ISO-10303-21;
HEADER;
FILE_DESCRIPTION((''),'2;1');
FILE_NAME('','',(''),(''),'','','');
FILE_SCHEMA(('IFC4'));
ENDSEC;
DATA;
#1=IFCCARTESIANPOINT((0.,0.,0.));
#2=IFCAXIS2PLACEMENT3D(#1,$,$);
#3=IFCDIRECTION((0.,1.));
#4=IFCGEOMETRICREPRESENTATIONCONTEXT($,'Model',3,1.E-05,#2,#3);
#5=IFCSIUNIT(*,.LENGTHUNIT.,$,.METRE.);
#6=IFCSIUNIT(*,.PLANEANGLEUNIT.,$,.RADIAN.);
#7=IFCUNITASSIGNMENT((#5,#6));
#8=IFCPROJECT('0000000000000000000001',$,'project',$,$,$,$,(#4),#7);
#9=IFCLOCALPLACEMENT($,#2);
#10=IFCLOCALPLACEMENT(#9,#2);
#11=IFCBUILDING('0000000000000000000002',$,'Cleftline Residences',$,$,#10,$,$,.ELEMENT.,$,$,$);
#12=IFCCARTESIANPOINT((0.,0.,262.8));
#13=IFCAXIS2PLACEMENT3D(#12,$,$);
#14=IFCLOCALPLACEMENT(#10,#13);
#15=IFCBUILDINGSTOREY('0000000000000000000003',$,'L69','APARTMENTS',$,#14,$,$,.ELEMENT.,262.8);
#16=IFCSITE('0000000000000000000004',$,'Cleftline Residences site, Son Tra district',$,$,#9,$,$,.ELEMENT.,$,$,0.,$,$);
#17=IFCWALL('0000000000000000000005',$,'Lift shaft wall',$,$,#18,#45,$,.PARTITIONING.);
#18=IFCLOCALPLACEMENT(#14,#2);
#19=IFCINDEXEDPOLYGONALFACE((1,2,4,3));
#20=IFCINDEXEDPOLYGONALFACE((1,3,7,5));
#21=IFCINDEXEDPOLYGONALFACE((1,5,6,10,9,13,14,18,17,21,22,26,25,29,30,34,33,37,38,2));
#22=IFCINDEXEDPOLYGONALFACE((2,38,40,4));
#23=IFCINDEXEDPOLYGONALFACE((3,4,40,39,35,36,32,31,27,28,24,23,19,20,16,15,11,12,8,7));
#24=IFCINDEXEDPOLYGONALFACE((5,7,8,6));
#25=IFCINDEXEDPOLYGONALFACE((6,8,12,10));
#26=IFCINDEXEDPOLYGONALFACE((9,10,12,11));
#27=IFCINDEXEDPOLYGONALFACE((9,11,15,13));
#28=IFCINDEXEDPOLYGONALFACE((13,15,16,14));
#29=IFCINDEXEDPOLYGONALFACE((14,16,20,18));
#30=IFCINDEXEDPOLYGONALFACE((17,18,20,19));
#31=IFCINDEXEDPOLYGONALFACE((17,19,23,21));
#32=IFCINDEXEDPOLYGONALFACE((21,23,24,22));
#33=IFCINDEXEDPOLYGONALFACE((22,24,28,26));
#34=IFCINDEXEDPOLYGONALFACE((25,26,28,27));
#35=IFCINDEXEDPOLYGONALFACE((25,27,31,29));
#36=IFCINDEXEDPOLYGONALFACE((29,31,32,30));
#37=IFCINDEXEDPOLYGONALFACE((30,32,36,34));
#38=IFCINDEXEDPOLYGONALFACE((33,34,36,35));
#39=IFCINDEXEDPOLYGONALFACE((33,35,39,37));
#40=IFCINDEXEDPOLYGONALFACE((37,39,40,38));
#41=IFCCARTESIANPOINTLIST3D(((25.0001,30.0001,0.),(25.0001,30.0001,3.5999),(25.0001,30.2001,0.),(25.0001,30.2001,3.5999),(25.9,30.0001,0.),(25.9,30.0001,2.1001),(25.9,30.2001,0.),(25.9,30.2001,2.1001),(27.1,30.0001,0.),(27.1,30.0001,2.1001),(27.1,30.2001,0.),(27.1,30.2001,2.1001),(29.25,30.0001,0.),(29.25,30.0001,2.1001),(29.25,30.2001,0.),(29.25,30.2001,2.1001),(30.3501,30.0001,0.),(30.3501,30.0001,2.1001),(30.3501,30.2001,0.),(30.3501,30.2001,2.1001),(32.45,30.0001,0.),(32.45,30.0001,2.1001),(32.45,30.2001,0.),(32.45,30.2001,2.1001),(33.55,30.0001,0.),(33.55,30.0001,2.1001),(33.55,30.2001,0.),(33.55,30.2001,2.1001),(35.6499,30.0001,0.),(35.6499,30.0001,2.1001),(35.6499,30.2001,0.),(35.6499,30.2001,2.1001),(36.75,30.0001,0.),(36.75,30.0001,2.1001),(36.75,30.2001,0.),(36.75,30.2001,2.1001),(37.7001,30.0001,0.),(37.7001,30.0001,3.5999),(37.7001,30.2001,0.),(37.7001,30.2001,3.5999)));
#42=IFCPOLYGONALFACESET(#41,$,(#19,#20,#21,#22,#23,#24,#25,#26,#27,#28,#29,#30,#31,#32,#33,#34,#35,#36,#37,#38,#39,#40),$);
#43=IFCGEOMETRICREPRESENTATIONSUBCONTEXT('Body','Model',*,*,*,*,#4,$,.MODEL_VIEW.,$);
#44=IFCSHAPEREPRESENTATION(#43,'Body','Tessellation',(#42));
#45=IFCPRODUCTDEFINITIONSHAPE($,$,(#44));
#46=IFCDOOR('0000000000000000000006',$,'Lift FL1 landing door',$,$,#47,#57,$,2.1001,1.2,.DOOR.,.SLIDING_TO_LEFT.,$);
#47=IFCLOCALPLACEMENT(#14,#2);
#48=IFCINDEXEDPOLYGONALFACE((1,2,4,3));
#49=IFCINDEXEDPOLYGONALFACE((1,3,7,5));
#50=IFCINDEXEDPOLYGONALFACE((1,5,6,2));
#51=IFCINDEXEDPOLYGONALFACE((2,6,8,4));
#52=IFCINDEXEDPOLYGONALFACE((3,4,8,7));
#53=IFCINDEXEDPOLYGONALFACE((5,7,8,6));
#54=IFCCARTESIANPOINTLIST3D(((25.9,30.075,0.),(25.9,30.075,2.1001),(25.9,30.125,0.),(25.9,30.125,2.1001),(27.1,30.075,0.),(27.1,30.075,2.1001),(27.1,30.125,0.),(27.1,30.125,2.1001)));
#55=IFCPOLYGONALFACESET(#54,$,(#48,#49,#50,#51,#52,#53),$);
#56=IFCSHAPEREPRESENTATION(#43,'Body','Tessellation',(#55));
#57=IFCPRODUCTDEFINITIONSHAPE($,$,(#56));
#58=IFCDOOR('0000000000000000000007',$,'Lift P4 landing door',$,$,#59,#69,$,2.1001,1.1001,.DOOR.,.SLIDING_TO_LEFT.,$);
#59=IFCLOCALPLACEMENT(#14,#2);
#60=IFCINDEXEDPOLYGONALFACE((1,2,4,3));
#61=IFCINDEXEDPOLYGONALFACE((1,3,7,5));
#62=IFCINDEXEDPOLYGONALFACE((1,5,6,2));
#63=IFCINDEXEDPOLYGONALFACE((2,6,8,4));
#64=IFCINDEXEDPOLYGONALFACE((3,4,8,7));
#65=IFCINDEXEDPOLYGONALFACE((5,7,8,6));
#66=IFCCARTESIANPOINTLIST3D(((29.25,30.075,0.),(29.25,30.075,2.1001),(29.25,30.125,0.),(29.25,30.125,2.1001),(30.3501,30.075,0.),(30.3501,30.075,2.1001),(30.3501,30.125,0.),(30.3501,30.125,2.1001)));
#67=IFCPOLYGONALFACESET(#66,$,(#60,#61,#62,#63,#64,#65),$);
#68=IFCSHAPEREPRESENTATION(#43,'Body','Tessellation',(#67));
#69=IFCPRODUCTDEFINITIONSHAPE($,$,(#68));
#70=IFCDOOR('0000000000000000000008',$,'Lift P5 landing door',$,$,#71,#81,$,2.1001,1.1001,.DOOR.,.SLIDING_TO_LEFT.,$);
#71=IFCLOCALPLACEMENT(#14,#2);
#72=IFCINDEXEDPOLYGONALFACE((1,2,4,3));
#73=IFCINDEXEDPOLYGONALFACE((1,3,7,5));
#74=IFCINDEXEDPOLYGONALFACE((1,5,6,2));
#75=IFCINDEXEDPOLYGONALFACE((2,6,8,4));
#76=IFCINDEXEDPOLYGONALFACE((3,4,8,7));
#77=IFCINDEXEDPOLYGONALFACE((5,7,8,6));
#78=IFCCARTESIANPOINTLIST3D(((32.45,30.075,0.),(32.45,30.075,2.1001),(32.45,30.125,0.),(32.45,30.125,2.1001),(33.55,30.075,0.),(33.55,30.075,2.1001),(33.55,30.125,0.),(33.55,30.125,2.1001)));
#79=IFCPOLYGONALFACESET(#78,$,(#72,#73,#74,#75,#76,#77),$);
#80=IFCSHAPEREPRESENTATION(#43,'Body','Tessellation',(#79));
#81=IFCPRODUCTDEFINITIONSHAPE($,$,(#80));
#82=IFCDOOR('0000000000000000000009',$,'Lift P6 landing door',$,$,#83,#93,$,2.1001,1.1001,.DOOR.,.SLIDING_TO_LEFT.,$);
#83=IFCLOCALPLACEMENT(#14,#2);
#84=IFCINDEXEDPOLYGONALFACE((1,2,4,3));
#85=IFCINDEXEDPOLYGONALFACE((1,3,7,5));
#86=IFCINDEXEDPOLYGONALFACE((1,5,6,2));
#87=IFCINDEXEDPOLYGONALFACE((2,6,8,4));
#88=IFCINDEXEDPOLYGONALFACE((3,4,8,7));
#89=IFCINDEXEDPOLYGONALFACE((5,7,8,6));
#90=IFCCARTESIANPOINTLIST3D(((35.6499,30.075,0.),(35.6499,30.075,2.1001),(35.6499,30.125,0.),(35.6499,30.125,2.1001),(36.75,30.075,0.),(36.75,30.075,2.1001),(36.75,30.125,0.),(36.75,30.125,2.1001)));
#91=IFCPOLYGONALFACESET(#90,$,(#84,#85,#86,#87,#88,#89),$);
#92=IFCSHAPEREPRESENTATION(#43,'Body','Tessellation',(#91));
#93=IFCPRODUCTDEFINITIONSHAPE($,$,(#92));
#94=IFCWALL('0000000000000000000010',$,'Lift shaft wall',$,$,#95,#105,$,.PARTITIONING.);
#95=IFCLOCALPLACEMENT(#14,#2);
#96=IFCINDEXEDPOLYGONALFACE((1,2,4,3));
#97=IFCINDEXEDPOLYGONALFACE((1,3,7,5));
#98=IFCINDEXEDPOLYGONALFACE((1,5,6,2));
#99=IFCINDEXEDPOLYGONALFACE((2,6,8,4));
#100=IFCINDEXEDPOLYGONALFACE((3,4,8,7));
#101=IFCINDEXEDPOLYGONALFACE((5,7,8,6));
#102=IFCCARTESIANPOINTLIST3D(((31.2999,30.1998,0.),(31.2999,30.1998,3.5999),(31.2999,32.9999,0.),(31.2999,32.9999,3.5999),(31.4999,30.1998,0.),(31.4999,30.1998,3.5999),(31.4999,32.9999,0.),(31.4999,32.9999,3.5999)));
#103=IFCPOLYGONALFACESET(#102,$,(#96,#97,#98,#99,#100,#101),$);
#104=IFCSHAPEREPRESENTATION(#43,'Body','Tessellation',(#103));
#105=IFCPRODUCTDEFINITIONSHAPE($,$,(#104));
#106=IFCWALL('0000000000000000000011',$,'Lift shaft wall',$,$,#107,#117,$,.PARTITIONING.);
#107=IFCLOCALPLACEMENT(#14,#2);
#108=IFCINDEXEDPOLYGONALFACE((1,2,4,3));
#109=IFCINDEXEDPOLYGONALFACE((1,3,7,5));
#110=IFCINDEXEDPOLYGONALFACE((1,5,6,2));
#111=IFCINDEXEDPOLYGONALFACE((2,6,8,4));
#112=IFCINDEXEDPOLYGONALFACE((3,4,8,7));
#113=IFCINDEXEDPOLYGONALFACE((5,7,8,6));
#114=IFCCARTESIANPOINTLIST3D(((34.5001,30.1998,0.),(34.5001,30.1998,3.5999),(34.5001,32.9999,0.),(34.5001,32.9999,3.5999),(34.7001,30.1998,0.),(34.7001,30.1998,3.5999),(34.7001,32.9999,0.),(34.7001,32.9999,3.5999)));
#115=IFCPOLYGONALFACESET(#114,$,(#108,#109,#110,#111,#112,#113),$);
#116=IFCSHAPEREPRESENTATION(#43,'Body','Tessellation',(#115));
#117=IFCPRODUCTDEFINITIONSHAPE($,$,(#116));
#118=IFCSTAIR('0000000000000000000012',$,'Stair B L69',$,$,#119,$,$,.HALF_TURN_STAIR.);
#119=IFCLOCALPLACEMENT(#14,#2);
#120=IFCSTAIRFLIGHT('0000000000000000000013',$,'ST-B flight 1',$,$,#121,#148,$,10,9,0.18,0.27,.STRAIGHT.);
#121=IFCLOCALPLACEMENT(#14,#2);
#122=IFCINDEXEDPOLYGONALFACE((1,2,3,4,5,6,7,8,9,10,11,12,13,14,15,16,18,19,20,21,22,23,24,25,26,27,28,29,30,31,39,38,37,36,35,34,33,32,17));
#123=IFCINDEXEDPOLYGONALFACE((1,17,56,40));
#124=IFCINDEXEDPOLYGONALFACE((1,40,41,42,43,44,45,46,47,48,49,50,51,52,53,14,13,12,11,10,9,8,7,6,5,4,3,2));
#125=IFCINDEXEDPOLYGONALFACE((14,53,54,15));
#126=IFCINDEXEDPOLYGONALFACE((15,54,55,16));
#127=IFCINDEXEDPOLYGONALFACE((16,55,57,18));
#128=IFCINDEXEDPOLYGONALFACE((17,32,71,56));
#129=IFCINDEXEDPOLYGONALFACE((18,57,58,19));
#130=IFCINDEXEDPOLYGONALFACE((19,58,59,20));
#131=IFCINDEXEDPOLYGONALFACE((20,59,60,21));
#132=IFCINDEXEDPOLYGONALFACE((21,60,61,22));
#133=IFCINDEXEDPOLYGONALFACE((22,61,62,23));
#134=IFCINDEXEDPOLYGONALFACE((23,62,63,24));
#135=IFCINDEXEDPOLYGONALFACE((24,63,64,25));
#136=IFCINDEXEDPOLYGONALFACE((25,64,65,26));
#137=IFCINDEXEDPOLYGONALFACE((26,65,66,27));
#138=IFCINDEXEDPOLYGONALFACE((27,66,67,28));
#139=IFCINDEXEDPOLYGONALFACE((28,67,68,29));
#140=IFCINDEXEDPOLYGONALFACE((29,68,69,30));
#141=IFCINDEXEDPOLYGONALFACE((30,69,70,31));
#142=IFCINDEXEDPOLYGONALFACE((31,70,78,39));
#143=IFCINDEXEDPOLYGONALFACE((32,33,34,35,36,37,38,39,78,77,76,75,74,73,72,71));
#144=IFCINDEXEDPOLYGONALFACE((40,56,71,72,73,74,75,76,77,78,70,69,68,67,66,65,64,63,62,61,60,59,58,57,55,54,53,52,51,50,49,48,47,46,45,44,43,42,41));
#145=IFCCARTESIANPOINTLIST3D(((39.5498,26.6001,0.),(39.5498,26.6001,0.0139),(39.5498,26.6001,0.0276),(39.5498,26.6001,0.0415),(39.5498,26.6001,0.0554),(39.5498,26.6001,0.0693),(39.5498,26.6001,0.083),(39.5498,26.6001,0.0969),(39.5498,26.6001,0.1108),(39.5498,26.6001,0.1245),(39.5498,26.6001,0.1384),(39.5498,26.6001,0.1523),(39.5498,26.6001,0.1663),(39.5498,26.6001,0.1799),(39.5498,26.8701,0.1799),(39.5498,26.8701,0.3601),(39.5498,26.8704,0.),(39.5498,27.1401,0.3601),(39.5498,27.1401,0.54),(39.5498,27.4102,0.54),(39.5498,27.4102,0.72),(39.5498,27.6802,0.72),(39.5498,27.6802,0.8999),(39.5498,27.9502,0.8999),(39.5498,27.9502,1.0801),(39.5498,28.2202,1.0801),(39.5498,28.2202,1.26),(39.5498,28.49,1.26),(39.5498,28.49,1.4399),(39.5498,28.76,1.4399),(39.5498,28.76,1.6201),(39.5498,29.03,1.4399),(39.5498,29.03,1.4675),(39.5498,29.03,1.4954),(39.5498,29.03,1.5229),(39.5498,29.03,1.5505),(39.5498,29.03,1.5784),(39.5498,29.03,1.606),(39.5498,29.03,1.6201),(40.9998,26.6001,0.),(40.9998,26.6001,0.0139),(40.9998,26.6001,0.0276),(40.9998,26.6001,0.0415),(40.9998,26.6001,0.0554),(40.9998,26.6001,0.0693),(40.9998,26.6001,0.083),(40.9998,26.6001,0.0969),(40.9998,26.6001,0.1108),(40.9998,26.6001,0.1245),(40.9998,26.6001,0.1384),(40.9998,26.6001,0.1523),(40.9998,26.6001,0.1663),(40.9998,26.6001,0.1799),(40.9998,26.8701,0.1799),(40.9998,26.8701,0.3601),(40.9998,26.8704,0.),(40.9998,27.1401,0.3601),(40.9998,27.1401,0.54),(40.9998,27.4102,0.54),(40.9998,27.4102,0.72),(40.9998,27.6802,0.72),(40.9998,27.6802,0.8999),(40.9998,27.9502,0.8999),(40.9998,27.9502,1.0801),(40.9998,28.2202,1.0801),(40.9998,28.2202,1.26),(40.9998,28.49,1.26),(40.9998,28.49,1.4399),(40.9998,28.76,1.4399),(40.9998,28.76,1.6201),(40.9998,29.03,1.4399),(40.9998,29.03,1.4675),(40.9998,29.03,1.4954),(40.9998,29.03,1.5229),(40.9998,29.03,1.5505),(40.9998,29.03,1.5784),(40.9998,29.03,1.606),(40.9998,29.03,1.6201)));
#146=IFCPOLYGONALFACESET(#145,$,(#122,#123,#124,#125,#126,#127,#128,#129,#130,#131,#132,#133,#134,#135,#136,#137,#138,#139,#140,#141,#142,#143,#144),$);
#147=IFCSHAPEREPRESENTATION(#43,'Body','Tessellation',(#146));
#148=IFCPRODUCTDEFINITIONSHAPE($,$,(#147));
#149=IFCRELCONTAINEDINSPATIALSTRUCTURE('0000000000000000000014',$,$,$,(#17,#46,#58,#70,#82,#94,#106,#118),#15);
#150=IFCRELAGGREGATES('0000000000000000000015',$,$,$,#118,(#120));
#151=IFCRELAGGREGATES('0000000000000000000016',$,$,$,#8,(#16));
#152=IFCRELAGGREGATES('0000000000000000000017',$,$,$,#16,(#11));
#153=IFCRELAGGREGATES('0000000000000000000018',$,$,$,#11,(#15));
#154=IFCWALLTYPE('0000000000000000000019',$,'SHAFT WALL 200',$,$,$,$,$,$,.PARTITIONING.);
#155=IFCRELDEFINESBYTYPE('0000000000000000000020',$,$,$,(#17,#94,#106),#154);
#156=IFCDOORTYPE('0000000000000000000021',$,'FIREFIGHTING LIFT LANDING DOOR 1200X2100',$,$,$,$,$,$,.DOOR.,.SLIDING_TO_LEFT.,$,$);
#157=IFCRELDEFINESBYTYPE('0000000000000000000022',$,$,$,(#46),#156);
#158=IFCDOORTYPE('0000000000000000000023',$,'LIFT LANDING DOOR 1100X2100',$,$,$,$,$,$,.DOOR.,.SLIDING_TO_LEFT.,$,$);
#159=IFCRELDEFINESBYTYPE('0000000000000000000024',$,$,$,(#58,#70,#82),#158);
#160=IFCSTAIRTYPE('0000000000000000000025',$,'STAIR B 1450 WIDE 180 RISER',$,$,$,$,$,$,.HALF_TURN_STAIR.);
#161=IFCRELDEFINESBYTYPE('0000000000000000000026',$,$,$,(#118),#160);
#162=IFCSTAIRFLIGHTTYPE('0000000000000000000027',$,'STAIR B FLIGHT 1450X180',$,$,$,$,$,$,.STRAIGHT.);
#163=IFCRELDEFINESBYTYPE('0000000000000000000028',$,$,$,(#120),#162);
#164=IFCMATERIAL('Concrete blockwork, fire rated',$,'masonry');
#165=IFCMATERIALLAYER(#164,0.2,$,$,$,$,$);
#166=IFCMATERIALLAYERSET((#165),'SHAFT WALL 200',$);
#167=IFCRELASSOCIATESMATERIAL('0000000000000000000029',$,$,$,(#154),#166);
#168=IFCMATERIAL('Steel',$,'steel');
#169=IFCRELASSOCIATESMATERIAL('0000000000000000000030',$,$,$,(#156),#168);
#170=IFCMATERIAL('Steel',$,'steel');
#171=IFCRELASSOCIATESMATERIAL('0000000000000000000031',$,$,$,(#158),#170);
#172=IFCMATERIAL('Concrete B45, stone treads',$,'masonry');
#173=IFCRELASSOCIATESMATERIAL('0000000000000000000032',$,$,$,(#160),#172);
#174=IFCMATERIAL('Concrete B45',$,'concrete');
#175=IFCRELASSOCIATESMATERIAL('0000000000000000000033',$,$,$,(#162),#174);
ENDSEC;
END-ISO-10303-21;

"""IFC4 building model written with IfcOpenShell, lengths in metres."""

from ifc_helpers import new_model, si_unit, direction, frame, frame_2d, origin, place, context, subcontext, project, spatial, polyline, rectangle, outline, extrude, material, layer, layer_set, type_object, element, fill, aggregate, save


model = new_model("IFC4")

# Units and contexts
model_context = context("Model", 3, precision=1e-05, world=origin(), true_north=direction((0.0, 1.0)))
body_context = subcontext(model_context, "Body", "Model", "MODEL_VIEW")
ifc_project = project(units=[si_unit("LENGTHUNIT", "METRE"), si_unit("PLANEANGLEUNIT", "RADIAN")], contexts=[model_context])

# Site, building, storey
site_placement = place(None, origin())
site = spatial("IfcSite", under=ifc_project, at=site_placement, Name="Cleftline Residences site, Son Tra district", CompositionType="ELEMENT", RefElevation=0.0)
building_placement = place(site_placement, origin())
building = spatial("IfcBuilding", under=site, at=building_placement, Name="Cleftline Residences", CompositionType="ELEMENT")
storey_placement = place(building_placement, frame((0.0, 0.0, 262.8)))
storey = spatial("IfcBuildingStorey", under=building, at=storey_placement, Name="L69", Description="APARTMENTS", CompositionType="ELEMENT", Elevation=262.8)

# Wall, openings, doors
ifc_material_1 = material(Name="Concrete blockwork, fire rated", Category="masonry")
ifc_layer_1 = layer(ifc_material_1, 0.2)
ifc_layer_set_1 = layer_set([ifc_layer_1], Name="SHAFT WALL 200")
wall_type_1 = type_object("IfcWallType", Name="SHAFT WALL 200", PredefinedType="PARTITIONING", material=ifc_layer_set_1)
wall_1_placement = place(storey_placement, frame((25.0, 30.1001, 0.0), z_axis=(0.0, 0.0, 1.0), x_axis=(1.0, 0.0, 0.0)))
wall_1 = element("IfcWall", 1, at=wall_1_placement, inside=storey, type_object=wall_type_1, Name="Lift shaft wall", PredefinedType="PARTITIONING", context=body_context, shape_type="SweptSolid", body=[
    extrude(rectangle(XDim=12.7, YDim=0.2, at=frame_2d((6.3501, 0.0))), origin(), (0.0, 0.0, 1.0), 3.5999),
])
opening_1_placement = place(wall_1_placement, frame((4.25, 0.0, 0.0)))
opening_1 = element("IfcOpeningElement", 2, at=opening_1_placement, cuts=wall_1, PredefinedType="OPENING", context=body_context, shape_type="SweptSolid", body=[
    extrude(rectangle(XDim=1.1001, YDim=2.1001, at=frame_2d((0.55, 1.05))), frame((0.0, 0.1099, 0.0), z_axis=(0.0, -1.0, 0.0), x_axis=(1.0, 0.0, 0.0)), (0.0, 0.0, 1.0), 0.22),
])
opening_2_placement = place(wall_1_placement, frame((7.45, 0.0, 0.0)))
opening_2 = element("IfcOpeningElement", 3, at=opening_2_placement, cuts=wall_1, PredefinedType="OPENING", context=body_context, shape_type="SweptSolid", body=[
    extrude(rectangle(XDim=1.1001, YDim=2.1001, at=frame_2d((0.55, 1.05))), frame((0.0, 0.1099, 0.0), z_axis=(0.0, -1.0, 0.0), x_axis=(1.0, 0.0, 0.0)), (0.0, 0.0, 1.0), 0.22),
])
opening_3_placement = place(wall_1_placement, frame((10.6499, 0.0, 0.0)))
opening_3 = element("IfcOpeningElement", 4, at=opening_3_placement, cuts=wall_1, PredefinedType="OPENING", context=body_context, shape_type="SweptSolid", body=[
    extrude(rectangle(XDim=1.1001, YDim=2.1001, at=frame_2d((0.55, 1.05))), frame((0.0, 0.1099, 0.0), z_axis=(0.0, -1.0, 0.0), x_axis=(1.0, 0.0, 0.0)), (0.0, 0.0, 1.0), 0.22),
])
opening_4_placement = place(wall_1_placement, frame((0.8999, 0.0, 0.0)))
opening_4 = element("IfcOpeningElement", 5, at=opening_4_placement, cuts=wall_1, PredefinedType="OPENING", context=body_context, shape_type="SweptSolid", body=[
    extrude(rectangle(XDim=1.2, YDim=2.1001, at=frame_2d((0.6001, 1.05))), frame((0.0, 0.1099, 0.0), z_axis=(0.0, -1.0, 0.0), x_axis=(1.0, 0.0, 0.0)), (0.0, 0.0, 1.0), 0.22),
])
ifc_material_2 = material(Name="Steel", Category="steel")
door_type_1 = type_object("IfcDoorType", Name="FIREFIGHTING LIFT LANDING DOOR 1200X2100", OperationType="SLIDING_TO_LEFT", PredefinedType="DOOR", material=ifc_material_2)
door_1_placement = place(opening_4_placement, origin())
door_1 = element("IfcDoor", 6, at=door_1_placement, inside=storey, type_object=door_type_1, Name="Lift FL1 landing door", OperationType="SLIDING_TO_LEFT", OverallHeight=2.1001, OverallWidth=1.2, PredefinedType="DOOR", context=body_context, shape_type="SweptSolid", body=[
    extrude(rectangle(XDim=1.2, YDim=2.1001, at=frame_2d((0.6001, 1.05))), frame((0.0, 0.0249, 0.0), z_axis=(0.0, -1.0, 0.0), x_axis=(1.0, 0.0, 0.0)), (0.0, 0.0, 1.0), 0.05),
])
fill(opening_4, door_1)
ifc_material_3 = material(Name="Steel", Category="steel")
door_type_2 = type_object("IfcDoorType", Name="LIFT LANDING DOOR 1100X2100", OperationType="SLIDING_TO_LEFT", PredefinedType="DOOR", material=ifc_material_3)
door_2_placement = place(opening_1_placement, origin())
door_2 = element("IfcDoor", 7, at=door_2_placement, inside=storey, type_object=door_type_2, Name="Lift P4 landing door", OperationType="SLIDING_TO_LEFT", OverallHeight=2.1001, OverallWidth=1.1001, PredefinedType="DOOR", context=body_context, shape_type="SweptSolid", body=[
    extrude(rectangle(XDim=1.1001, YDim=2.1001, at=frame_2d((0.55, 1.05))), frame((0.0, 0.0249, 0.0), z_axis=(0.0, -1.0, 0.0), x_axis=(1.0, 0.0, 0.0)), (0.0, 0.0, 1.0), 0.05),
])
fill(opening_1, door_2)
door_3_placement = place(opening_2_placement, origin())
door_3 = element("IfcDoor", 8, at=door_3_placement, inside=storey, type_object=door_type_2, Name="Lift P5 landing door", OperationType="SLIDING_TO_LEFT", OverallHeight=2.1001, OverallWidth=1.1001, PredefinedType="DOOR", context=body_context, shape_type="SweptSolid", body=[
    extrude(rectangle(XDim=1.1001, YDim=2.1001, at=frame_2d((0.55, 1.05))), frame((0.0, 0.0249, 0.0), z_axis=(0.0, -1.0, 0.0), x_axis=(1.0, 0.0, 0.0)), (0.0, 0.0, 1.0), 0.05),
])
fill(opening_2, door_3)
door_4_placement = place(opening_3_placement, origin())
door_4 = element("IfcDoor", 9, at=door_4_placement, inside=storey, type_object=door_type_2, Name="Lift P6 landing door", OperationType="SLIDING_TO_LEFT", OverallHeight=2.1001, OverallWidth=1.1001, PredefinedType="DOOR", context=body_context, shape_type="SweptSolid", body=[
    extrude(rectangle(XDim=1.1001, YDim=2.1001, at=frame_2d((0.55, 1.05))), frame((0.0, 0.0249, 0.0), z_axis=(0.0, -1.0, 0.0), x_axis=(1.0, 0.0, 0.0)), (0.0, 0.0, 1.0), 0.05),
])
fill(opening_3, door_4)

# Walls
for number, where, z_axis, x_axis, name in (
    (10, (31.3999, 30.2, 0.0), (0.0, 0.0, 1.0), (0.0, 1.0, 0.0), "Lift shaft wall"),
    (11, (34.6001, 30.2, 0.0), (0.0, 0.0, 1.0), (0.0, 1.0, 0.0), "Lift shaft wall"),
):
    element("IfcWall", number, at=place(storey_placement, frame(where, z_axis=z_axis, x_axis=x_axis)), inside=storey, type_object=wall_type_1, Name=name, PredefinedType="PARTITIONING", context=body_context, shape_type="SweptSolid", body=[
        extrude(rectangle(XDim=2.8, YDim=0.2, at=frame_2d((1.3999, 0.0))), origin(), (0.0, 0.0, 1.0), 3.5999),
    ])

# Stair, stair flight
ifc_material_4 = material(Name="Concrete B45, stone treads", Category="masonry")
stair_type = type_object("IfcStairType", Name="STAIR B 1450 WIDE 180 RISER", PredefinedType="HALF_TURN_STAIR", material=ifc_material_4)
stair_placement = place(storey_placement, origin())
stair = element("IfcStair", 12, at=stair_placement, inside=storey, type_object=stair_type, Name="Stair B L69", PredefinedType="HALF_TURN_STAIR")
ifc_material_5 = material(Name="Concrete B45", Category="concrete")
stair_flight_type = type_object("IfcStairFlightType", Name="STAIR B FLIGHT 1450X180", PredefinedType="STRAIGHT", material=ifc_material_5)
stair_flight_1_placement = place(storey_placement, frame((40.2749, 26.6001, 0.0), z_axis=(0.0, 0.0, 1.0), x_axis=(0.0, 1.0, 0.0)))
stair_flight_1 = element("IfcStairFlight", 13, at=stair_flight_1_placement, type_object=stair_flight_type, Name="ST-B flight 1", NumberOfRisers=10, NumberOfTreads=9, PredefinedType="STRAIGHT", RiserHeight=0.18, TreadLength=0.27, context=body_context, shape_type="SweptSolid", body=[
    extrude(outline(polyline([(0.0, 0.0), (0.0, 0.0139), (0.0, 0.0276), (0.0, 0.0415), (0.0, 0.0554), (0.0, 0.0693), (0.0, 0.083), (0.0, 0.0969), (0.0, 0.1108), (0.0, 0.1245), (0.0, 0.1384), (0.0, 0.1523), (0.0, 0.1663), (0.0, 0.1799), (0.27, 0.1799), (0.27, 0.3601), (0.54, 0.3601), (0.54, 0.54), (0.8101, 0.54), (0.8101, 0.72), (1.0801, 0.72), (1.0801, 0.8999), (1.3501, 0.8999), (1.3501, 1.0801), (1.6201, 1.0801), (1.6201, 1.26), (1.8899, 1.26), (1.8899, 1.4399), (2.1599, 1.4399), (2.1599, 1.6201), (2.4299, 1.6201), (2.4299, 1.8), (2.4299, 1.7722), (2.4299, 1.7446), (2.4299, 1.7168), (2.4299, 1.6892), (2.4299, 1.6614), (2.4299, 1.6338), (2.4299, 1.606), (2.4299, 1.5784), (2.4299, 1.5505), (2.4299, 1.5229), (2.4299, 1.4954), (2.4299, 1.4675), (2.4299, 1.4399), (0.2703, 0.0), (0.0, 0.0)])), frame((0.0, 0.7251, 0.0), z_axis=(0.0, -1.0, 0.0), x_axis=(1.0, 0.0, 0.0)), (0.0, 0.0, 1.0), 1.45),
])
aggregate(stair, [stair_flight_1])

save(model, "model.ifc")
